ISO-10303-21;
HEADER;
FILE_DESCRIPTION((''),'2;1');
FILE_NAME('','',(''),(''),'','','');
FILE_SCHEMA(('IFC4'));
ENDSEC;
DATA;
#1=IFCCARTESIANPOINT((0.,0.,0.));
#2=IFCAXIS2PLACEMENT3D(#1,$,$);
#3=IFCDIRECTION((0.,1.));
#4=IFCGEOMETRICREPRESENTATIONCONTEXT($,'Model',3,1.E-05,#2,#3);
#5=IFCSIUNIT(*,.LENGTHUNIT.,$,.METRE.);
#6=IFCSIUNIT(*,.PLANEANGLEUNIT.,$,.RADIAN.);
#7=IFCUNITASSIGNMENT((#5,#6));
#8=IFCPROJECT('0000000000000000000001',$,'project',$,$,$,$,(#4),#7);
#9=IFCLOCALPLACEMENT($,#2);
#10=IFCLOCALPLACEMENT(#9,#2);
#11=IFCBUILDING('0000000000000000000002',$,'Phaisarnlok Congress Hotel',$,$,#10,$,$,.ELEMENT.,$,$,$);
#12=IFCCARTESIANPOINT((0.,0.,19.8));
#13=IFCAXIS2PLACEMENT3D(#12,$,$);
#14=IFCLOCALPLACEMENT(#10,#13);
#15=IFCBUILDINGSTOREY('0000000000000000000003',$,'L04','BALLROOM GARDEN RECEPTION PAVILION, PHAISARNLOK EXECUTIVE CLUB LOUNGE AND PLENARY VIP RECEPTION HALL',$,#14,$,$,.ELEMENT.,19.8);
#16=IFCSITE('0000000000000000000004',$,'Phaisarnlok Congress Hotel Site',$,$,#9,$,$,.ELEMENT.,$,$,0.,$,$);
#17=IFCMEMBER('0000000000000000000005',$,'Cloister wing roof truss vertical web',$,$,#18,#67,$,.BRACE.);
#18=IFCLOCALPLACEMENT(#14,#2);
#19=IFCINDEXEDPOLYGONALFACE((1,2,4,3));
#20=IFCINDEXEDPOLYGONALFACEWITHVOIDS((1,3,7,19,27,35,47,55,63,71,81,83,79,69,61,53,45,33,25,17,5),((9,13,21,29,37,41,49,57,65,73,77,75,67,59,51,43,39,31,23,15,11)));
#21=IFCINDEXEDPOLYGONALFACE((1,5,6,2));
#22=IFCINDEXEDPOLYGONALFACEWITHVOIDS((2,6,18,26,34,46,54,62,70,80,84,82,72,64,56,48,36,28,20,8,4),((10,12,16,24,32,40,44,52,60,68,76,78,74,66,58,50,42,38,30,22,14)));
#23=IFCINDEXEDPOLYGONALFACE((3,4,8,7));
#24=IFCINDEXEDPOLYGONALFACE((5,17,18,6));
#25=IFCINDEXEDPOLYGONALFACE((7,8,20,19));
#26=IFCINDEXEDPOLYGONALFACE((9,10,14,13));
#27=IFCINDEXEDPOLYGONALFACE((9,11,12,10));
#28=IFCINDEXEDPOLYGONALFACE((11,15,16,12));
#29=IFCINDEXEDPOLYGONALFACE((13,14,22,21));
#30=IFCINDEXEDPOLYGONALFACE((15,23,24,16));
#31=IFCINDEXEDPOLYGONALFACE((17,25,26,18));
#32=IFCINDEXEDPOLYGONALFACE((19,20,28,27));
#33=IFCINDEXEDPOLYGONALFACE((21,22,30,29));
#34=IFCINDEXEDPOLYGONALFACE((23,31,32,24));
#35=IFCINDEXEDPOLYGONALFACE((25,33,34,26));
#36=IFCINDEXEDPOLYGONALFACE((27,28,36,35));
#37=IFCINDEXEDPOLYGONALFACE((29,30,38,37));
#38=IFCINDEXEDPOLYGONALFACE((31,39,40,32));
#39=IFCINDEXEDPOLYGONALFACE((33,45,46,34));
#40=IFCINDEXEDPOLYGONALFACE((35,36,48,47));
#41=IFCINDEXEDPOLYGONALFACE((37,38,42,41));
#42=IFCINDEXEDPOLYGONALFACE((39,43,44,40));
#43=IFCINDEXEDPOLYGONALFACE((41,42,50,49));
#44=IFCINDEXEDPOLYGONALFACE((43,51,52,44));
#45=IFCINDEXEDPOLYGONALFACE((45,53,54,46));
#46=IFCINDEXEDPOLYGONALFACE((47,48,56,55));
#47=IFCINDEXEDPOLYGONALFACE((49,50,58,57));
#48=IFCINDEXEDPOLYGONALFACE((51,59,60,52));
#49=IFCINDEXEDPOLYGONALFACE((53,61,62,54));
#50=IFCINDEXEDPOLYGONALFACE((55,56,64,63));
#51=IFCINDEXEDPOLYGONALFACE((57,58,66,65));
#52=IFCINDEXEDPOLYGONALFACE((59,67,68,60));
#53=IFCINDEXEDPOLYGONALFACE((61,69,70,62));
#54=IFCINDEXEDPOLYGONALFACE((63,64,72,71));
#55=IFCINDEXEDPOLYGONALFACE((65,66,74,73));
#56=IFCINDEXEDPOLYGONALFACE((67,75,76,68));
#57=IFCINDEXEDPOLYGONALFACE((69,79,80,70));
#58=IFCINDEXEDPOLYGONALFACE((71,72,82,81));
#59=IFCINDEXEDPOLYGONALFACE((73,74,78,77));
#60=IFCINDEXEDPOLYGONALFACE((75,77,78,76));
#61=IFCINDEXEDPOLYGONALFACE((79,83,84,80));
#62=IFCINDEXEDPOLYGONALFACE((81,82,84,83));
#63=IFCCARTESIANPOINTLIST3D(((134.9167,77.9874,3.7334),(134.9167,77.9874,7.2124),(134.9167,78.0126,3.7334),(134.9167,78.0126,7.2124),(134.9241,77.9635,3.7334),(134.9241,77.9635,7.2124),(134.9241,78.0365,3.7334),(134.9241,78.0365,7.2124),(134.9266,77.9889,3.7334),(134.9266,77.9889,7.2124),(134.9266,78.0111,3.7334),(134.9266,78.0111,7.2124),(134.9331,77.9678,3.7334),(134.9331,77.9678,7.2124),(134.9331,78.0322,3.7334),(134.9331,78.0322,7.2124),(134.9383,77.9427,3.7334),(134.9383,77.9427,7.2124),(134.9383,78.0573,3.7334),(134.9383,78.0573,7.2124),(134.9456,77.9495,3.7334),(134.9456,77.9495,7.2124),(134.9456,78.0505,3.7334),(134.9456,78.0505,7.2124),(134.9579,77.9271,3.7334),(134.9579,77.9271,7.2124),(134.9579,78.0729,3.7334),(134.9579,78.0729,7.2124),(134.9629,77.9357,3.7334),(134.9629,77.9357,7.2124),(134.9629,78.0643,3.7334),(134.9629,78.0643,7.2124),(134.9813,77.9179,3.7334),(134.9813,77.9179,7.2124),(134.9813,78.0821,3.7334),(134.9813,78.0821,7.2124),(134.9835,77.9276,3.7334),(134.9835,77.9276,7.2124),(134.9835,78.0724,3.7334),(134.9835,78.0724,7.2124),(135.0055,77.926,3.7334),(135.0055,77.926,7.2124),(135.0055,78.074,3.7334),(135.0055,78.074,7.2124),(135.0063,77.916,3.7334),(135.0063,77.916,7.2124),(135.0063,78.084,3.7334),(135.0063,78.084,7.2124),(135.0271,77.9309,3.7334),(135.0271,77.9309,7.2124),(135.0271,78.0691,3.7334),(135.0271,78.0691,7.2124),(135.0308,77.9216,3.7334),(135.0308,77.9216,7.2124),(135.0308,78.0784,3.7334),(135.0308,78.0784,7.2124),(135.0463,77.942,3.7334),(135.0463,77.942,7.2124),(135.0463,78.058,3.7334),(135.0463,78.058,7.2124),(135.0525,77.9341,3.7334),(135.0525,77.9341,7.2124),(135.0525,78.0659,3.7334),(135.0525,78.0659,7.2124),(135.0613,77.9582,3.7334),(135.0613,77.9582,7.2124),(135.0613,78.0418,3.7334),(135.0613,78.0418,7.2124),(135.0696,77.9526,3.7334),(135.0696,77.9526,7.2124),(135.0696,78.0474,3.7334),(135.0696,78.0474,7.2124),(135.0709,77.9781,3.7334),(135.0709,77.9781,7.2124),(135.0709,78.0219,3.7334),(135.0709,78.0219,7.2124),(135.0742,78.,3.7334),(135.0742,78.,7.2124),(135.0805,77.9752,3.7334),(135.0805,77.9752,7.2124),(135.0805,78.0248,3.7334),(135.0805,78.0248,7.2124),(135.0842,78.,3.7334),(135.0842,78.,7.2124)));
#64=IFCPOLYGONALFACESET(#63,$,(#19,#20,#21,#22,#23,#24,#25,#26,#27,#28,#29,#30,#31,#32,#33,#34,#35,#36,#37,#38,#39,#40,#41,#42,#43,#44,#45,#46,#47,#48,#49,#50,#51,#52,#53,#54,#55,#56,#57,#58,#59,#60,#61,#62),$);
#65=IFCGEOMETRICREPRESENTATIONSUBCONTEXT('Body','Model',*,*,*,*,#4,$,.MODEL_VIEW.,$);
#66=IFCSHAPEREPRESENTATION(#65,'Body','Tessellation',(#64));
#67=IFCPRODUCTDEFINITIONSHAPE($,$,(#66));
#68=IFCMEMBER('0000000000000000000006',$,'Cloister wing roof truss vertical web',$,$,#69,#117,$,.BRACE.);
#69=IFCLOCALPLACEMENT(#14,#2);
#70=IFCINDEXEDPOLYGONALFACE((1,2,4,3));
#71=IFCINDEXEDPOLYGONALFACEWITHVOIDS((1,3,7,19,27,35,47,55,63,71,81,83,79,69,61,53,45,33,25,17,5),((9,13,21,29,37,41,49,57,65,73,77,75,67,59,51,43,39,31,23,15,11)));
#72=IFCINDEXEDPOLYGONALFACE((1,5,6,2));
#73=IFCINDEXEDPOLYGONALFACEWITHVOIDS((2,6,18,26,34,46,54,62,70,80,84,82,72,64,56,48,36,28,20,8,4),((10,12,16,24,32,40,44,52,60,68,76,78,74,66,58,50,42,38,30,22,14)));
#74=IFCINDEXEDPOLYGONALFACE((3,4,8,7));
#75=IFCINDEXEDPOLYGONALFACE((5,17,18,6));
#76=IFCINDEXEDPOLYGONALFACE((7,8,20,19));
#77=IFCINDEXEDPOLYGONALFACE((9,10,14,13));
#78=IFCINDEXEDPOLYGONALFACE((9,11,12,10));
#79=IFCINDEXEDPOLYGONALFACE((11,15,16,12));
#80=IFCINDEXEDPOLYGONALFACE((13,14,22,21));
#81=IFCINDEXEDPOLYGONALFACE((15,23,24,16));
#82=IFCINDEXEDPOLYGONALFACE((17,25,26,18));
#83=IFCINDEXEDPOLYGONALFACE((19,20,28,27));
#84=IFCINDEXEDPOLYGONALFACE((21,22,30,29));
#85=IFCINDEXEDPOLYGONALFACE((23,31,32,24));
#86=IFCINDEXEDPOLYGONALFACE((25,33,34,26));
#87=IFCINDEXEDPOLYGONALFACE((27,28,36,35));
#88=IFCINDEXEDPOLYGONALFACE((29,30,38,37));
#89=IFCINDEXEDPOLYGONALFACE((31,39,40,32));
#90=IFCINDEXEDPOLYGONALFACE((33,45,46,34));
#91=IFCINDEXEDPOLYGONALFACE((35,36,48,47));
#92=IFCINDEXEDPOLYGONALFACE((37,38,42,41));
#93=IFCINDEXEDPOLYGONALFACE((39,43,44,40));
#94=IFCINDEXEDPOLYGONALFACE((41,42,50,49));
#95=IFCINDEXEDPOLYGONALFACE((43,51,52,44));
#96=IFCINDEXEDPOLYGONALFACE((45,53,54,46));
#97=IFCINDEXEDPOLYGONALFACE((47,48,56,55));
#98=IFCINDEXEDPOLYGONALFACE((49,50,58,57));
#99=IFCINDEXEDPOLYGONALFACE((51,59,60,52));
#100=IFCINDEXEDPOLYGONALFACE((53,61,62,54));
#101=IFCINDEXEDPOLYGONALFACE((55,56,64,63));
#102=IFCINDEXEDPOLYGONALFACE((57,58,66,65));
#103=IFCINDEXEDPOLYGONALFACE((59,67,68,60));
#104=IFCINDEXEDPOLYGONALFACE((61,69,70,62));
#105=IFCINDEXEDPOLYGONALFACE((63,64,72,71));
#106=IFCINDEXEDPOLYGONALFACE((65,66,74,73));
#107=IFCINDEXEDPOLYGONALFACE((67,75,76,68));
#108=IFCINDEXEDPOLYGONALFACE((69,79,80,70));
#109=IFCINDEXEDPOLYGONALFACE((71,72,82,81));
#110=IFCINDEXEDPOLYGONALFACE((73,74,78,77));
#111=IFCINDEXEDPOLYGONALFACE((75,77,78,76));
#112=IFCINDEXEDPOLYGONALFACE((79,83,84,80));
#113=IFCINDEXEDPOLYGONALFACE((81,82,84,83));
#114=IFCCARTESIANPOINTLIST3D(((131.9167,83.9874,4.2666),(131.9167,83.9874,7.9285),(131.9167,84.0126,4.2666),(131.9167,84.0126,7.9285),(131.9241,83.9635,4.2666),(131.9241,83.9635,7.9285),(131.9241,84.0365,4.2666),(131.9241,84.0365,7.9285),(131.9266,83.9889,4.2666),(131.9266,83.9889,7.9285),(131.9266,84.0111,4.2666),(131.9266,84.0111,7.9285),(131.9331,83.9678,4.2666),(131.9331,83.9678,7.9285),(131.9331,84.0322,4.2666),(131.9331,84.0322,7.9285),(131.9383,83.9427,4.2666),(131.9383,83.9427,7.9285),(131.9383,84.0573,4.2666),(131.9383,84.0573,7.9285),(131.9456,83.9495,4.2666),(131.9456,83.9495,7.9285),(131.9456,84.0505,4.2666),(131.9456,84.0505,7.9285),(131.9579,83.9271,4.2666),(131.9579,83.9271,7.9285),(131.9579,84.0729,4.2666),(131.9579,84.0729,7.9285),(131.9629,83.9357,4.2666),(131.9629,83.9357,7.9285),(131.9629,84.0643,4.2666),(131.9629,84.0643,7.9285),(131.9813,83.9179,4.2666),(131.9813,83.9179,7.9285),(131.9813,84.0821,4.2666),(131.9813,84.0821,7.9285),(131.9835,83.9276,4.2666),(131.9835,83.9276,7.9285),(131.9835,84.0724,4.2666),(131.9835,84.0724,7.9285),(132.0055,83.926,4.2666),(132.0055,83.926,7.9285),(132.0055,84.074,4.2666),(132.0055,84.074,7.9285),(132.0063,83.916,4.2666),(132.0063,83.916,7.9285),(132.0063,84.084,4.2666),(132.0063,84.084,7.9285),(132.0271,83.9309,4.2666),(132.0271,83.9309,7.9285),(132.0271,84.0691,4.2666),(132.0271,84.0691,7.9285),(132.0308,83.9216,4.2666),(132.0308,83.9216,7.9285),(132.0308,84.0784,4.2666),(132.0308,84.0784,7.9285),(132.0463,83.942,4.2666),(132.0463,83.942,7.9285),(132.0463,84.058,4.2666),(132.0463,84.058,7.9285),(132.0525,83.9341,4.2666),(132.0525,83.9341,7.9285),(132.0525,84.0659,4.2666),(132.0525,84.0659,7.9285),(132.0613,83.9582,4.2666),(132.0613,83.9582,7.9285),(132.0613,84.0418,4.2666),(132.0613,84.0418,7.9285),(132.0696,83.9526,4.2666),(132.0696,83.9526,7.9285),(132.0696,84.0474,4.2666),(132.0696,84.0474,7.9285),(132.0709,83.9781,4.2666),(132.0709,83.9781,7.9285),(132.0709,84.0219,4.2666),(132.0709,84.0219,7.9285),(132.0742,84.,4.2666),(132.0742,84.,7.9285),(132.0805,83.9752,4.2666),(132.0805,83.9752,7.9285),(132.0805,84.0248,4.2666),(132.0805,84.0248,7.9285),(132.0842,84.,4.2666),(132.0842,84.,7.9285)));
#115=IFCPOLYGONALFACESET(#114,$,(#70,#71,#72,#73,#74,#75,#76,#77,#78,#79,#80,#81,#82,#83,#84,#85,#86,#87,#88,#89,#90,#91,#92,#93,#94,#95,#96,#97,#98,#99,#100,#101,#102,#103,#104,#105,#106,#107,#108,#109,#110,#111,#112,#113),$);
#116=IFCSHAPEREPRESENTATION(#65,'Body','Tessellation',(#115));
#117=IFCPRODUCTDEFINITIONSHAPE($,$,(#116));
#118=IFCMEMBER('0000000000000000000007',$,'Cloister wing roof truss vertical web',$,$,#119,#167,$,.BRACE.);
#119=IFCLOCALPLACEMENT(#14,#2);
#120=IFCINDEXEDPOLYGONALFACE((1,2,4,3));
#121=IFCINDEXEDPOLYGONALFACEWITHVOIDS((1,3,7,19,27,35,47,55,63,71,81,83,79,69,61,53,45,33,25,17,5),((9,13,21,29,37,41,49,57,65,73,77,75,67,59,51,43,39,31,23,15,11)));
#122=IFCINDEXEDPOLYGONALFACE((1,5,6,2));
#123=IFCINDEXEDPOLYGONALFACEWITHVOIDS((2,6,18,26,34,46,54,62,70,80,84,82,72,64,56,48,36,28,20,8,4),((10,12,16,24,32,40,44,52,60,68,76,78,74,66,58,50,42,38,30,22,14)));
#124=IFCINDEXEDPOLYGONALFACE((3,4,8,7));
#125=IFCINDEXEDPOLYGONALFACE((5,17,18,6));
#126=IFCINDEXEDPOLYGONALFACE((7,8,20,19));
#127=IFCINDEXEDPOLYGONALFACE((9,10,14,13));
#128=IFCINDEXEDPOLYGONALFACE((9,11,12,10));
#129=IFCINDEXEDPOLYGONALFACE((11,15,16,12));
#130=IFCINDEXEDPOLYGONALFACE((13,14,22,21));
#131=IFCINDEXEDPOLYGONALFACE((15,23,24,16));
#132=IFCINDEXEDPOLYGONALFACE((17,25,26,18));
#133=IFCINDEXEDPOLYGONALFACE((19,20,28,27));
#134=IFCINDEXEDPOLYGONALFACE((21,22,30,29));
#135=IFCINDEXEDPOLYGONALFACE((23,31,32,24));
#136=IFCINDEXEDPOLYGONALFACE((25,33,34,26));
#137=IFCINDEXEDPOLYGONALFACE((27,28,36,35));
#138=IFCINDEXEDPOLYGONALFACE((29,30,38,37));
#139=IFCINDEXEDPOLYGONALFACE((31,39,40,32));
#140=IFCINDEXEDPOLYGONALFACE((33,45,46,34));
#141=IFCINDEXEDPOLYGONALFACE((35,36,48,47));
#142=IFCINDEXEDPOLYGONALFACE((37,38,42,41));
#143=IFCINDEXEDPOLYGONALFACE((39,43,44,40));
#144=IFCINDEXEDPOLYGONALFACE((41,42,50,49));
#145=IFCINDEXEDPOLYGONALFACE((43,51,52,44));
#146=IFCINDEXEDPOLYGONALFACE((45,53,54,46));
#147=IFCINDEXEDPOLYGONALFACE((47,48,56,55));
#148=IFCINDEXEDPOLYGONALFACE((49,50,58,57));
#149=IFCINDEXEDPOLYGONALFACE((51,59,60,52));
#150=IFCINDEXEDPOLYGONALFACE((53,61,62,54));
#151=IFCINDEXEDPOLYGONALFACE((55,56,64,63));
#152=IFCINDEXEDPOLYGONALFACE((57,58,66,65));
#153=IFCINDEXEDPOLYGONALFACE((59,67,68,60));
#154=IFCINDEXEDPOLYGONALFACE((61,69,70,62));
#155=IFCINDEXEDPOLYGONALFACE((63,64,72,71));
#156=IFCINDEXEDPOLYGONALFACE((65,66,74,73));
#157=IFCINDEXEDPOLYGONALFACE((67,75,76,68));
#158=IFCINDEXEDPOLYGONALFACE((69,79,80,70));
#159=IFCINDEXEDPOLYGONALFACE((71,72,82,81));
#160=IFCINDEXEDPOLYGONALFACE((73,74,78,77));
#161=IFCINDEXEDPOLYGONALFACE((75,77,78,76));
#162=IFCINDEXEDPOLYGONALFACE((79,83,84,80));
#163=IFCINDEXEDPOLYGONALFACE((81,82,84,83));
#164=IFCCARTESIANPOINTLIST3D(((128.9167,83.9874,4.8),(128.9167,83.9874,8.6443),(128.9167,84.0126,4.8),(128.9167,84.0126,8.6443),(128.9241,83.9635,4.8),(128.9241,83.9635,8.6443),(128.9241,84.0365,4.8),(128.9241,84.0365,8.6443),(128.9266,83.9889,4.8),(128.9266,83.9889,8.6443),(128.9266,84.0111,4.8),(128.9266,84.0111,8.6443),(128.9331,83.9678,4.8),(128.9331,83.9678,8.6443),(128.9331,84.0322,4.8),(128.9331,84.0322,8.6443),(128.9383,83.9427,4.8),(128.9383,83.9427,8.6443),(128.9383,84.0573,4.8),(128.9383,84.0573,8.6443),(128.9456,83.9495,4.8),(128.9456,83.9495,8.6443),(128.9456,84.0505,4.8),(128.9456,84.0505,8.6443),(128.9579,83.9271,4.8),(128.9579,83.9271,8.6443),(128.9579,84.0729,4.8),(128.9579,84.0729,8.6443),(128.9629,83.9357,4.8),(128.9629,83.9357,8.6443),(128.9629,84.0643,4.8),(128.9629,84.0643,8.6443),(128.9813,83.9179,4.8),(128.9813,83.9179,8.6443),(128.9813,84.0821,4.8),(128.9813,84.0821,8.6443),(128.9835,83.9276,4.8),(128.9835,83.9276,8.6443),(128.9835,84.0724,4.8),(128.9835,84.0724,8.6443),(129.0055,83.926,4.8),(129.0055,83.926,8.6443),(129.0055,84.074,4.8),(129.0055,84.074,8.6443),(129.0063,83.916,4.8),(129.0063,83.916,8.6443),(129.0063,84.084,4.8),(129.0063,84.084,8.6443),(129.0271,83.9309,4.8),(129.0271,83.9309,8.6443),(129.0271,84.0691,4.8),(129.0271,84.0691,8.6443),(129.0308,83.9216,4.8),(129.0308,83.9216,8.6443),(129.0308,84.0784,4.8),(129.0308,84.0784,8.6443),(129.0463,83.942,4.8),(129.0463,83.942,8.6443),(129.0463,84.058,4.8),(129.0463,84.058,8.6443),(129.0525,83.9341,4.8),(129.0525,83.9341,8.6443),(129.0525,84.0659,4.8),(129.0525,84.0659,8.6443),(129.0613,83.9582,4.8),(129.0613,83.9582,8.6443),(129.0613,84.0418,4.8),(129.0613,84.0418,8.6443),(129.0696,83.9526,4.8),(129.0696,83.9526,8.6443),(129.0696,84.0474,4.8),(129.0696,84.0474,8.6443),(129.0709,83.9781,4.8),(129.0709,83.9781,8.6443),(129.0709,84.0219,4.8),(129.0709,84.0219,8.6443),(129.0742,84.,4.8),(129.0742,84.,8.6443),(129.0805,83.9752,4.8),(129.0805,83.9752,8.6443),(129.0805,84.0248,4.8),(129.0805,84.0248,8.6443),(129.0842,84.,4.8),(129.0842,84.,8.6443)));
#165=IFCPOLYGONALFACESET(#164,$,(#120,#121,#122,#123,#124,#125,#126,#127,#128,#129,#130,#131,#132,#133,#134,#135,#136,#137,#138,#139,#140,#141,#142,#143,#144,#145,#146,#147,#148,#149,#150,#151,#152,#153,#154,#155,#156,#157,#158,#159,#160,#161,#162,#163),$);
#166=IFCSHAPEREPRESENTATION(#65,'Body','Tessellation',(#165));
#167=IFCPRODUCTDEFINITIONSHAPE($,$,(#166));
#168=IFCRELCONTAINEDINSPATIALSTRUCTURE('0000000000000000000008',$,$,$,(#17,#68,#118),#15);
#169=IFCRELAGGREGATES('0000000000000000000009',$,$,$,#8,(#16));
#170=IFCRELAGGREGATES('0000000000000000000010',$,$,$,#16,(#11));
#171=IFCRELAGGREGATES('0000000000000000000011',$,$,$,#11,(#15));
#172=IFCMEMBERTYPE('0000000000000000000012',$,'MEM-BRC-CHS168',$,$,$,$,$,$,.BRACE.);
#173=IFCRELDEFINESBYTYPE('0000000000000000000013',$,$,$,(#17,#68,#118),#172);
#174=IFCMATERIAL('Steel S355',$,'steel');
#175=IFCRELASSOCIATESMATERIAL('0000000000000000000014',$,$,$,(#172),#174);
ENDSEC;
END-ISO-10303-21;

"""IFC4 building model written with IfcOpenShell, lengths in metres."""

from ifc_helpers import new_model, si_unit, direction, frame, origin, origin_2d, place, context, subcontext, project, spatial, hollow_circle, extrude, material, material_profile, profile_set, type_object, element, save


model = new_model("IFC4")

# Units and contexts
model_context = context("Model", 3, precision=1e-05, world=origin(), true_north=direction((0.0, 1.0)))
body_context = subcontext(model_context, "Body", "Model", "MODEL_VIEW")
ifc_project = project(units=[si_unit("LENGTHUNIT", "METRE"), si_unit("PLANEANGLEUNIT", "RADIAN")], contexts=[model_context])

# Site, building, storey
site_placement = place(None, origin())
site = spatial("IfcSite", under=ifc_project, at=site_placement, Name="Phaisarnlok Congress Hotel Site", CompositionType="ELEMENT", RefElevation=0.0)
building_placement = place(site_placement, origin())
building = spatial("IfcBuilding", under=site, at=building_placement, Name="Phaisarnlok Congress Hotel", CompositionType="ELEMENT")
storey_placement = place(building_placement, frame((0.0, 0.0, 19.8)))
storey = spatial("IfcBuildingStorey", under=building, at=storey_placement, Name="L04", Description="BALLROOM GARDEN RECEPTION PAVILION, PHAISARNLOK EXECUTIVE CLUB LOUNGE AND PLENARY VIP RECEPTION HALL", CompositionType="ELEMENT", Elevation=19.8)

# Shared definitions
ifc_material_1 = material(Name="Steel S355", Category="steel")

# Members
ifc_material_profile_1 = material_profile(ifc_material_1, hollow_circle(Radius=0.0842, WallThickness=0.01, at=origin_2d()), Name="CHS 168.3x10")
ifc_profile_set_1 = profile_set([ifc_material_profile_1], Name="Steel S355")
member_type_1 = type_object("IfcMemberType", Name="MEM-BRC-CHS168", PredefinedType="BRACE", material=ifc_profile_set_1)
member_1_placement = place(storey_placement, frame((135.0, 78.0, 3.7334), z_axis=(0.0, 0.0, 1.0), x_axis=(1.0, 0.0, 0.0)))
element("IfcMember", 1, at=member_1_placement, inside=storey, type_object=member_type_1, Name="Cloister wing roof truss vertical web", PredefinedType="BRACE", context=body_context, shape_type="SweptSolid", body=[
    extrude(hollow_circle(Radius=0.0842, WallThickness=0.01, at=origin_2d()), origin(), (0.0, 0.0, 1.0), 3.479),
])
member_2_placement = place(storey_placement, frame((132.0, 84.0, 4.2666), z_axis=(0.0, 0.0, 1.0), x_axis=(1.0, 0.0, 0.0)))
element("IfcMember", 2, at=member_2_placement, inside=storey, type_object=member_type_1, Name="Cloister wing roof truss vertical web", PredefinedType="BRACE", context=body_context, shape_type="SweptSolid", body=[
    extrude(hollow_circle(Radius=0.0842, WallThickness=0.01, at=origin_2d()), origin(), (0.0, 0.0, 1.0), 3.6619),
])
member_3_placement = place(storey_placement, frame((129.0, 84.0, 4.8), z_axis=(0.0, 0.0, 1.0), x_axis=(1.0, 0.0, 0.0)))
element("IfcMember", 3, at=member_3_placement, inside=storey, type_object=member_type_1, Name="Cloister wing roof truss vertical web", PredefinedType="BRACE", context=body_context, shape_type="SweptSolid", body=[
    extrude(hollow_circle(Radius=0.0842, WallThickness=0.01, at=origin_2d()), origin(), (0.0, 0.0, 1.0), 3.8442),
])

save(model, "model.ifc")
